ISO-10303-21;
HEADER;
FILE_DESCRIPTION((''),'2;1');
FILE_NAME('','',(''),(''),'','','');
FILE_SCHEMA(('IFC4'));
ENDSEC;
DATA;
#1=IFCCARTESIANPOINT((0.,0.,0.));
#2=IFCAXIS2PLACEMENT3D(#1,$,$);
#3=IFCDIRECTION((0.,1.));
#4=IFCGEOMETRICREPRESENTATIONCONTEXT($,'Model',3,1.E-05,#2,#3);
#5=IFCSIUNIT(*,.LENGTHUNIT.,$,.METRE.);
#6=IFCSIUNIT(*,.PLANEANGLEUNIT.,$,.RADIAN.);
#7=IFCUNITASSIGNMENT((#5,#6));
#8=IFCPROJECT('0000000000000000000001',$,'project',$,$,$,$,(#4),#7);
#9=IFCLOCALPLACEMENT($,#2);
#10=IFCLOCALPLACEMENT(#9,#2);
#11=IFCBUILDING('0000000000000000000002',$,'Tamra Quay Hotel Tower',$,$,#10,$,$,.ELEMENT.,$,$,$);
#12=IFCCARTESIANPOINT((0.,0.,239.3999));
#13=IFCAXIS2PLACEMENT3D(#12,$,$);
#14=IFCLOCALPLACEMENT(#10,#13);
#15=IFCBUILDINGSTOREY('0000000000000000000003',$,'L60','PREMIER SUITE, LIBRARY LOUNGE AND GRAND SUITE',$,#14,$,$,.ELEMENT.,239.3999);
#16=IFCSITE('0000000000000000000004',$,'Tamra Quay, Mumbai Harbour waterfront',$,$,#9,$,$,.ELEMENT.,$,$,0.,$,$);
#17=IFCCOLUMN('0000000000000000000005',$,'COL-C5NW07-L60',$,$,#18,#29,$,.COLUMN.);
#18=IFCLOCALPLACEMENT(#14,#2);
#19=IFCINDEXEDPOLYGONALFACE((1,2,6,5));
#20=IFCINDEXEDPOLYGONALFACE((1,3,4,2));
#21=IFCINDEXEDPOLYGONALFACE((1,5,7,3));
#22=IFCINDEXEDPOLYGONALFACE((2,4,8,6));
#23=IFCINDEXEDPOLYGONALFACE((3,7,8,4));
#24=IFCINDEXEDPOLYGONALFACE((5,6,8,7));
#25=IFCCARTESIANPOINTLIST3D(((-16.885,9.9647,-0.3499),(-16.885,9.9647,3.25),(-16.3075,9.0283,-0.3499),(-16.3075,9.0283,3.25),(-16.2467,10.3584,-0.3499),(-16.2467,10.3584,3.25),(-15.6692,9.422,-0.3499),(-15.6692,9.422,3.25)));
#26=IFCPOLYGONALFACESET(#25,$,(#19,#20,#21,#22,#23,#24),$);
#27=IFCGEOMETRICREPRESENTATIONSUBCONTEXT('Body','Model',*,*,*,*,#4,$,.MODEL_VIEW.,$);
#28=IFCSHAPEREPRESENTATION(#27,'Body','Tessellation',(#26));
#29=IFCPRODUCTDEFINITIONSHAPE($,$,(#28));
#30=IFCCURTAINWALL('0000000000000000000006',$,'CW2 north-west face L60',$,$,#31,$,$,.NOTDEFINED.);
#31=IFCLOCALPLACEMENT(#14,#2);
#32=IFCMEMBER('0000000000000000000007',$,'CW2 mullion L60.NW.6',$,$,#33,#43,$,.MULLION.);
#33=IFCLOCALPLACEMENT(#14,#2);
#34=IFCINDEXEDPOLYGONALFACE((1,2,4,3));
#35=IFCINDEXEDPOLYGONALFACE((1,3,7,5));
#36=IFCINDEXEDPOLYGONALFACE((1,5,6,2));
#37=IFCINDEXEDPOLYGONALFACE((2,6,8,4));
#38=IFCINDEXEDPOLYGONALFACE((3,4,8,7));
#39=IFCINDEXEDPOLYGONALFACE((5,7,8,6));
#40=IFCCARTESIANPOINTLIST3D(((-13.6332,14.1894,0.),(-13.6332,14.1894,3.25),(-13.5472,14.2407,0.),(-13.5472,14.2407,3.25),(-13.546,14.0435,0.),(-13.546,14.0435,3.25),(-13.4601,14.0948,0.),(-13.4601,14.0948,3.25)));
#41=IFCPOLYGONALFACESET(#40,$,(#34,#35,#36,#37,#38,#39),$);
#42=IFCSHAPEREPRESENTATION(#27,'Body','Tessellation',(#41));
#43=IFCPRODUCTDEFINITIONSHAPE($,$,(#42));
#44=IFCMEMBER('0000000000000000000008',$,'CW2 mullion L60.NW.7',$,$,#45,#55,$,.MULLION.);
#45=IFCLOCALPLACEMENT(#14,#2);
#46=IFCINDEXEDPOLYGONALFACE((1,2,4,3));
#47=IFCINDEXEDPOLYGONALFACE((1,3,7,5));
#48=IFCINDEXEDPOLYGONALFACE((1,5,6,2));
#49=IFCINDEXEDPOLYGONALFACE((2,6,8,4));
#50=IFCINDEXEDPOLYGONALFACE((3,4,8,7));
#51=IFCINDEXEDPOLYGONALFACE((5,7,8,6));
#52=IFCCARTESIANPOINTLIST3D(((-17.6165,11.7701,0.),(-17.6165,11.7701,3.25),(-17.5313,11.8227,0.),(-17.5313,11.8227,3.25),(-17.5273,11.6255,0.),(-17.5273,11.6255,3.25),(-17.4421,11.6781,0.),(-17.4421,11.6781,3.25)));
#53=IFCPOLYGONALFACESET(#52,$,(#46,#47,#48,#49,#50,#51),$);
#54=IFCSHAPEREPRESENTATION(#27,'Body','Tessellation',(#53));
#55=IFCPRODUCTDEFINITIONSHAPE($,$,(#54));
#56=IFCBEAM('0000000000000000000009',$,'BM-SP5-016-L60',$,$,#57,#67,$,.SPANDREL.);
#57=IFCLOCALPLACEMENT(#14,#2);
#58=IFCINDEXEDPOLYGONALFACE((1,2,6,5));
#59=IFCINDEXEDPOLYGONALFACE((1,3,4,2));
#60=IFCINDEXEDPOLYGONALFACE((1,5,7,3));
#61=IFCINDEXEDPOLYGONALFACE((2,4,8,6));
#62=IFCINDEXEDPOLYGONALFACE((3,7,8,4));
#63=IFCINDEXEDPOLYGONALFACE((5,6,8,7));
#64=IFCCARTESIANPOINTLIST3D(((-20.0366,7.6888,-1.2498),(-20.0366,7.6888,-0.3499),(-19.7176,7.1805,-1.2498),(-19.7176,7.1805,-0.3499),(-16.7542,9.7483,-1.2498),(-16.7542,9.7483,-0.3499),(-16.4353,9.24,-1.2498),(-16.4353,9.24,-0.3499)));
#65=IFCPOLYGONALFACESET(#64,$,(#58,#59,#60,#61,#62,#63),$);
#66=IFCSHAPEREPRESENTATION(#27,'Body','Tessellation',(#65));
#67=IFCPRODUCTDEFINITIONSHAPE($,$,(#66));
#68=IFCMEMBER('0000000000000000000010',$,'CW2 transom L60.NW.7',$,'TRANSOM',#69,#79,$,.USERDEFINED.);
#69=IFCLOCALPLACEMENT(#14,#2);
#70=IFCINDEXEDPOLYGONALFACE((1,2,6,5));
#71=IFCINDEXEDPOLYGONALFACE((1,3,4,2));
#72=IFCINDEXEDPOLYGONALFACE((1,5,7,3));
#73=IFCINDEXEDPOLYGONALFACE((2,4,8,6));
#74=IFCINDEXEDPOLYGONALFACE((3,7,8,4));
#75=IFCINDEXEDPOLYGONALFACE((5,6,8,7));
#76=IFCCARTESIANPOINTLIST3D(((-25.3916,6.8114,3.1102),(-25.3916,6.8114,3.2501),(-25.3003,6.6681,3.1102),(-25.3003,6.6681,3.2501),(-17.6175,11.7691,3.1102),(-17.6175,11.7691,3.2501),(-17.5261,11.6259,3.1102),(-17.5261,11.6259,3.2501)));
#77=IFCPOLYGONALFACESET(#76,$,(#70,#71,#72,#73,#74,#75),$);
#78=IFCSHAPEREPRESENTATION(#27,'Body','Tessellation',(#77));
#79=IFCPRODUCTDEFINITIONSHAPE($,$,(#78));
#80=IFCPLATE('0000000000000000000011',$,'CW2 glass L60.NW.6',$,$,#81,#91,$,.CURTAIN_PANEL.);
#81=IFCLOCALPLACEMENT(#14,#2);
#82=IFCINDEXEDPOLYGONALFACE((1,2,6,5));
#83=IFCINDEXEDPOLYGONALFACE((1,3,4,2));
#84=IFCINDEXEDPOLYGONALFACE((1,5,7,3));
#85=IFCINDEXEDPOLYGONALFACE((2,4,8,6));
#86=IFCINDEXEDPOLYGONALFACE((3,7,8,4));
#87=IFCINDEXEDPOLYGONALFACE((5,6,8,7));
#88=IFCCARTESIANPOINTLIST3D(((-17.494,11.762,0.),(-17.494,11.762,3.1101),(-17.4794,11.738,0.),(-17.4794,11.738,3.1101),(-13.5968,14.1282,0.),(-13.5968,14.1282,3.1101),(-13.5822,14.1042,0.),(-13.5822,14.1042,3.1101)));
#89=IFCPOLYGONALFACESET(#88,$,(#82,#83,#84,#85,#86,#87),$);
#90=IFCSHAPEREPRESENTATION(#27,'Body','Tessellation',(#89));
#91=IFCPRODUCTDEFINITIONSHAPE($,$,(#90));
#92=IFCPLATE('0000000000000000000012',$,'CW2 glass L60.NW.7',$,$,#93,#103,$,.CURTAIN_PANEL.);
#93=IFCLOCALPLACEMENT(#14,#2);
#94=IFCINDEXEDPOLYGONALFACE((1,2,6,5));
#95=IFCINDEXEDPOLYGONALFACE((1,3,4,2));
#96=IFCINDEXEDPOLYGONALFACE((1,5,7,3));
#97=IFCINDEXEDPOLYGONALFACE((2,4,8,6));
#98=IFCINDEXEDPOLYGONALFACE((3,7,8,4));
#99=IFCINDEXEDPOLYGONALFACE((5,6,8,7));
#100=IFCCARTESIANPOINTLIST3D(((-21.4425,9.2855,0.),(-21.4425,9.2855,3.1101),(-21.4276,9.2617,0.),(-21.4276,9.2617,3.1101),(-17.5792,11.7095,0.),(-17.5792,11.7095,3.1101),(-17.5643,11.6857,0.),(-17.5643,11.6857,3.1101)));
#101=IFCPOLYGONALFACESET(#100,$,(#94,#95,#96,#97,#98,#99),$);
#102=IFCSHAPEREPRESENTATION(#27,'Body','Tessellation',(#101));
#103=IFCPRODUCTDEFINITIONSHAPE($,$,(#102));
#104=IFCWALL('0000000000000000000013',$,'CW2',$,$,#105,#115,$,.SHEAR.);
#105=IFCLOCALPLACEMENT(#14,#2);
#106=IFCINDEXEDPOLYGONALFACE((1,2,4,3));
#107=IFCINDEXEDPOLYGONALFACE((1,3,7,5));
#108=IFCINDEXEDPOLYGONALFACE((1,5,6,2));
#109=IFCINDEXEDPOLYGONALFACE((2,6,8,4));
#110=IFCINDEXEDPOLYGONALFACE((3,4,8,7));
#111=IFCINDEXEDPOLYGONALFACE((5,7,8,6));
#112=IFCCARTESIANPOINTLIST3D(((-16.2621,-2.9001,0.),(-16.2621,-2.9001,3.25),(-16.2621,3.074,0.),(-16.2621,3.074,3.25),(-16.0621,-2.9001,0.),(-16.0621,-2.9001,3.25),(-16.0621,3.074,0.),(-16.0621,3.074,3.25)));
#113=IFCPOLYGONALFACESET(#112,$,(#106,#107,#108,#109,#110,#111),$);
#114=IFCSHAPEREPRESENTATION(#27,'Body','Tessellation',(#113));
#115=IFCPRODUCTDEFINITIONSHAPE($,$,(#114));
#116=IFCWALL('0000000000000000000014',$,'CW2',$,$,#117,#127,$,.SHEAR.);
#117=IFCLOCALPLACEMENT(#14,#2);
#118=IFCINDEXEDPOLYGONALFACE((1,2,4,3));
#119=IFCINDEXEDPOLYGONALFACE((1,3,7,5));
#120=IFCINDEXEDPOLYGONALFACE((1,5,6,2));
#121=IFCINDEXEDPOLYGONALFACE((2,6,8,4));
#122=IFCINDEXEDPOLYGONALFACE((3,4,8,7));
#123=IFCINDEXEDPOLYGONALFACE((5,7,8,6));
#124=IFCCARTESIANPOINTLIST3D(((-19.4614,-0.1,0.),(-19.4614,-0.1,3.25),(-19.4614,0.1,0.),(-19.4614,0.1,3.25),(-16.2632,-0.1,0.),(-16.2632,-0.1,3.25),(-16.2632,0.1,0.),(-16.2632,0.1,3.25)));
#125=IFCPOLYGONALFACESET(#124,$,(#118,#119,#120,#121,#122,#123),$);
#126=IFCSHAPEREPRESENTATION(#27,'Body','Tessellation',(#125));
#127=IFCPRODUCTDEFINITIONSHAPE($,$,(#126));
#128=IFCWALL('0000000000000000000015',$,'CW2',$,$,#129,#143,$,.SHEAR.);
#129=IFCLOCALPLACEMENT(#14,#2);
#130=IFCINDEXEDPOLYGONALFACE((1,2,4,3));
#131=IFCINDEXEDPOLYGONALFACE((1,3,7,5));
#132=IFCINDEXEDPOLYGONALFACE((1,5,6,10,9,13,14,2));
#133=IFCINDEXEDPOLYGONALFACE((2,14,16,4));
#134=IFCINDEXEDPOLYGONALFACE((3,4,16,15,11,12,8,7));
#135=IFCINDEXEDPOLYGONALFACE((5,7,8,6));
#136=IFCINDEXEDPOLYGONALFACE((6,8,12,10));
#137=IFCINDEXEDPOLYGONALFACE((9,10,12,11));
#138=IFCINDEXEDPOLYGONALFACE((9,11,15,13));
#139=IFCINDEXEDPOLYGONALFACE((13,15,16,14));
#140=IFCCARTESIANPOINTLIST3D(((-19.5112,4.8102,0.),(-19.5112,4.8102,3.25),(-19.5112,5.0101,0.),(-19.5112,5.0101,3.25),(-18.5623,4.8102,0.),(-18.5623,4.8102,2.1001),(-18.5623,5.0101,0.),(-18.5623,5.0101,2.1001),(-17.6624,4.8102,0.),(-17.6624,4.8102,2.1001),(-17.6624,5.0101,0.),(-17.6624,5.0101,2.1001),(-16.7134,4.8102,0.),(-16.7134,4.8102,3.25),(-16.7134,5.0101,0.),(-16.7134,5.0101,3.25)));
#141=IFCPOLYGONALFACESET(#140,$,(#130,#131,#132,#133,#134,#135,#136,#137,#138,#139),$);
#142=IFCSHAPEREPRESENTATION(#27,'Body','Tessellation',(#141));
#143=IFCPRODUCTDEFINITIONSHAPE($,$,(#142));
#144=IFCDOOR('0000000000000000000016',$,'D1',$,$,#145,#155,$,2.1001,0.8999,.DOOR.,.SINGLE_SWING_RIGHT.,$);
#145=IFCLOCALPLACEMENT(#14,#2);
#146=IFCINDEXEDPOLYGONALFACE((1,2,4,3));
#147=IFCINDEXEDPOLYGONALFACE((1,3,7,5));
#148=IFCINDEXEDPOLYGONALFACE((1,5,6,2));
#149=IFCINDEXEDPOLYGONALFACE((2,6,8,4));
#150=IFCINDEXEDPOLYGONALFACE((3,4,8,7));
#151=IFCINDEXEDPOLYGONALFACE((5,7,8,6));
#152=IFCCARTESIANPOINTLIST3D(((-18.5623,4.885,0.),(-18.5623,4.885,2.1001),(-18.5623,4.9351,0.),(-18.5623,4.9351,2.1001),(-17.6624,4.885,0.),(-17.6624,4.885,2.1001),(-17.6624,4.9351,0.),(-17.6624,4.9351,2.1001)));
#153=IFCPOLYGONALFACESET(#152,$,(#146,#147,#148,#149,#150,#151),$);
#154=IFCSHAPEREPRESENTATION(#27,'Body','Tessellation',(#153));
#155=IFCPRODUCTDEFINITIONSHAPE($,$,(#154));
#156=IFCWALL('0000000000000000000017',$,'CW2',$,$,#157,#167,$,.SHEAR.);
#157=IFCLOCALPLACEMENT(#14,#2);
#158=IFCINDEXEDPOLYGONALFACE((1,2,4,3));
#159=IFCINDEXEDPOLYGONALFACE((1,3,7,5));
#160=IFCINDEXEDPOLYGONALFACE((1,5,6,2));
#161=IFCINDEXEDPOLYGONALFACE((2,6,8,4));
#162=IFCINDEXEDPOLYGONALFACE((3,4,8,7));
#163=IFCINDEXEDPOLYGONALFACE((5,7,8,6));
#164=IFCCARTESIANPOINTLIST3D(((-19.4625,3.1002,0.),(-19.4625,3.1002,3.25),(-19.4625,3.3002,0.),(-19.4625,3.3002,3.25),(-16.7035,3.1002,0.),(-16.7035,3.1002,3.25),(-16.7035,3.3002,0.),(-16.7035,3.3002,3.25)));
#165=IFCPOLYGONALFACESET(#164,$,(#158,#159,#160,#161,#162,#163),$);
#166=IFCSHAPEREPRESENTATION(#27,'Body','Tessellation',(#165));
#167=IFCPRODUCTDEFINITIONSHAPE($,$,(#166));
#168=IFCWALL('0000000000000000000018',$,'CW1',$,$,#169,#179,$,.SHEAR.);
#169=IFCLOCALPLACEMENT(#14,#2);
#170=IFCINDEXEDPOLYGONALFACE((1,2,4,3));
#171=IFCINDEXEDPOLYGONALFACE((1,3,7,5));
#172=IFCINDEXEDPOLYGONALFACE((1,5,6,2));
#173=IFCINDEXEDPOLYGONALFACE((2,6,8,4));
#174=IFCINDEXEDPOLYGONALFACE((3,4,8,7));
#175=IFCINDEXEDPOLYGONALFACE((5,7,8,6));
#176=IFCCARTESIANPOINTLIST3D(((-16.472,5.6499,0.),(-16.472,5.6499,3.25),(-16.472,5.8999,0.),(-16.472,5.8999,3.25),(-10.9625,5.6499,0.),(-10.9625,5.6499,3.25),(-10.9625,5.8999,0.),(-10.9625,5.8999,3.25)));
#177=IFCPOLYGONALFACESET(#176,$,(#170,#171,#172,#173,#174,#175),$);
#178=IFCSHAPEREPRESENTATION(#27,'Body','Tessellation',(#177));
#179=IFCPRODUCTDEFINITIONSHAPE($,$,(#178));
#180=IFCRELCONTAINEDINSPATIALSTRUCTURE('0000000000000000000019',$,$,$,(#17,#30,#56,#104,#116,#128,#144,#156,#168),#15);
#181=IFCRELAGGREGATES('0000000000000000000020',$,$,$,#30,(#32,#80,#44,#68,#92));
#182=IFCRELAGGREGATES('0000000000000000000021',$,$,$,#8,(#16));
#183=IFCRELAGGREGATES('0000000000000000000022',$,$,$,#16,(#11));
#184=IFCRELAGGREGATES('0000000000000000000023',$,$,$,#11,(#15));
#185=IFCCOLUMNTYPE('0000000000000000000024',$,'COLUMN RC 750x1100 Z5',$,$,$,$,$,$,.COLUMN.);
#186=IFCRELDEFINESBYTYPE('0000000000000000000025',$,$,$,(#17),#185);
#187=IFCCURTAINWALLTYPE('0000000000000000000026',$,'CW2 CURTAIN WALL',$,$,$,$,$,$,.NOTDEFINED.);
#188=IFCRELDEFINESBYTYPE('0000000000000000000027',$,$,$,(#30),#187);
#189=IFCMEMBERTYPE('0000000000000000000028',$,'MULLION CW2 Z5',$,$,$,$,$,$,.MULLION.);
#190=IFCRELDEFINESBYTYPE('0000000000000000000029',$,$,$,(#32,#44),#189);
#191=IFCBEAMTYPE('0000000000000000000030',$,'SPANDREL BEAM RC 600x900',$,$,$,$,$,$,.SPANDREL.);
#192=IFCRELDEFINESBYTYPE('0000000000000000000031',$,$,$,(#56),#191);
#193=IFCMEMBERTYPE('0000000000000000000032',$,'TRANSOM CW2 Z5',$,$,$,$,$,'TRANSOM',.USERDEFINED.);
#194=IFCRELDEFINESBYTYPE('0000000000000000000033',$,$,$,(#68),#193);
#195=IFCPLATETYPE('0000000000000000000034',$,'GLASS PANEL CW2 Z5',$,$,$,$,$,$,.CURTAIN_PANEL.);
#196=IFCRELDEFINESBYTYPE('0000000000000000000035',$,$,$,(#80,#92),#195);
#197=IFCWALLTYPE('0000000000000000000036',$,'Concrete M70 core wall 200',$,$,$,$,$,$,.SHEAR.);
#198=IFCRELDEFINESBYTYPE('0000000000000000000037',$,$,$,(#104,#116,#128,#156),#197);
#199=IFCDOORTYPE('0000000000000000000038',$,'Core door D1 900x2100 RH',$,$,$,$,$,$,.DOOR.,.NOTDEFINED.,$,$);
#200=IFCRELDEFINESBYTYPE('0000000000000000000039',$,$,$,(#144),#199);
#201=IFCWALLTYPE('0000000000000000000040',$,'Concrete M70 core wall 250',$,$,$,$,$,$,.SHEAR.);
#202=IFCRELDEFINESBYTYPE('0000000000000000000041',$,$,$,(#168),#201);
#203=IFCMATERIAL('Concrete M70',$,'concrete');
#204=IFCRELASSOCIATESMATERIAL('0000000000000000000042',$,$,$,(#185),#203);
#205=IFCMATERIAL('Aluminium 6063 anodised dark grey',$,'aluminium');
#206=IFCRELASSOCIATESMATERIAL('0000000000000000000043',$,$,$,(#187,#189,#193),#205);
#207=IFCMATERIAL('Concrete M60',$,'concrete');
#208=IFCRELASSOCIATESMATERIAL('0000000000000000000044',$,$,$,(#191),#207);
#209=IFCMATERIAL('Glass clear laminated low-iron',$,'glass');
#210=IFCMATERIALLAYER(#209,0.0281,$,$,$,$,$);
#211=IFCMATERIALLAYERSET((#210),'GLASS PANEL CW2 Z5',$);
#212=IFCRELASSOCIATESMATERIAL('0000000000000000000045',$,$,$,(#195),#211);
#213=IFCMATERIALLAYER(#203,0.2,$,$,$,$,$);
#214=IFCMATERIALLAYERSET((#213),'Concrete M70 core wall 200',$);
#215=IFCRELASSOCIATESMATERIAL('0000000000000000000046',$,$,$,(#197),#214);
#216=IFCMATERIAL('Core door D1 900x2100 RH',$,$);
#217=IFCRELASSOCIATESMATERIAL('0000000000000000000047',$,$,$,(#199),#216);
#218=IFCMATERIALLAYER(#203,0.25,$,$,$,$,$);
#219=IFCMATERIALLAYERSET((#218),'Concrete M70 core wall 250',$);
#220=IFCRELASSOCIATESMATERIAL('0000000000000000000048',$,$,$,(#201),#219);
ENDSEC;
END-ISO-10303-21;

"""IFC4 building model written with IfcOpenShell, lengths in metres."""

from ifc_helpers import new_model, si_unit, direction, frame, frame_2d, origin, origin_2d, place, context, subcontext, project, spatial, rectangle, extrude, material, layer, layer_set, material_profile, profile_set, type_object, element, fill, aggregate, save


model = new_model("IFC4")

# Units and contexts
model_context = context("Model", 3, precision=1e-05, world=origin(), true_north=direction((0.0, 1.0)))
body_context = subcontext(model_context, "Body", "Model", "MODEL_VIEW")
ifc_project = project(units=[si_unit("LENGTHUNIT", "METRE"), si_unit("PLANEANGLEUNIT", "RADIAN")], contexts=[model_context])

# Site, building, storey
site_placement = place(None, origin())
site = spatial("IfcSite", under=ifc_project, at=site_placement, Name="Tamra Quay, Mumbai Harbour waterfront", CompositionType="ELEMENT", RefElevation=0.0)
building_placement = place(site_placement, origin())
building = spatial("IfcBuilding", under=site, at=building_placement, Name="Tamra Quay Hotel Tower", CompositionType="ELEMENT")
storey_placement = place(building_placement, frame((0.0, 0.0, 239.3999)))
storey = spatial("IfcBuildingStorey", under=building, at=storey_placement, Name="L60", Description="PREMIER SUITE, LIBRARY LOUNGE AND GRAND SUITE", CompositionType="ELEMENT", Elevation=239.3999)

# Column
ifc_material_1 = material(Name="Concrete M70", Category="concrete")
ifc_material_profile_1 = material_profile(ifc_material_1, rectangle(XDim=1.1001, YDim=0.75, at=origin_2d()), Name="COLUMN RC 750x1100 Z5")
ifc_profile_set_1 = profile_set([ifc_material_profile_1], Name="Concrete M70")
column_type = type_object("IfcColumnType", Name="COLUMN RC 750x1100 Z5", PredefinedType="COLUMN", material=ifc_profile_set_1)
column_placement = place(storey_placement, frame((-16.2771, 9.6934, -0.3499), z_axis=(0.0, 0.0, 1.0), x_axis=(-0.524928, 0.851147, 0.0)))
element("IfcColumn", 1, at=column_placement, inside=storey, type_object=column_type, Name="COL-C5NW07-L60", PredefinedType="COLUMN", context=body_context, shape_type="SweptSolid", body=[
    extrude(rectangle(XDim=1.1001, YDim=0.75, at=origin_2d()), origin(), (0.0, 0.0, 1.0), 3.5999),
])

# Curtain wall, members
ifc_material_2 = material(Name="Aluminium 6063 anodised dark grey", Category="aluminium")
curtain_wall_type = type_object("IfcCurtainWallType", Name="CW2 CURTAIN WALL", PredefinedType="NOTDEFINED", material=ifc_material_2)
curtain_wall_placement = place(storey_placement, origin())
curtain_wall = element("IfcCurtainWall", 2, at=curtain_wall_placement, inside=storey, type_object=curtain_wall_type, Name="CW2 north-west face L60", PredefinedType="NOTDEFINED")
ifc_material_profile_2 = material_profile(ifc_material_2, rectangle(XDim=0.1699, YDim=0.1001, at=origin_2d()), Name="MULLION 100X170")
ifc_profile_set_2 = profile_set([ifc_material_profile_2], Name="Aluminium 6063 anodised dark grey")
member_type_1 = type_object("IfcMemberType", Name="MULLION CW2 Z5", PredefinedType="MULLION", material=ifc_profile_set_2)
member_1_placement = place(storey_placement, frame((-13.5466, 14.1421, 0.0), z_axis=(0.0, 0.0, 1.0), x_axis=(-0.512688, 0.858575, 0.0)))
member_1 = element("IfcMember", 3, at=member_1_placement, type_object=member_type_1, Name="CW2 mullion L60.NW.6", PredefinedType="MULLION", context=body_context, shape_type="SweptSolid", body=[
    extrude(rectangle(XDim=0.1699, YDim=0.1001, at=origin_2d()), origin(), (0.0, 0.0, 1.0), 3.25),
])
member_2_placement = place(storey_placement, frame((-17.5293, 11.7241, 0.0), z_axis=(0.0, 0.0, 1.0), x_axis=(-0.525249, 0.850949, 0.0)))
member_2 = element("IfcMember", 4, at=member_2_placement, type_object=member_type_1, Name="CW2 mullion L60.NW.7", PredefinedType="MULLION", context=body_context, shape_type="SweptSolid", body=[
    extrude(rectangle(XDim=0.1699, YDim=0.1001, at=origin_2d()), origin(), (0.0, 0.0, 1.0), 3.25),
])

# Beam
ifc_material_3 = material(Name="Concrete M60", Category="concrete")
ifc_material_profile_3 = material_profile(ifc_material_3, rectangle(XDim=0.6001, YDim=0.8999, at=origin_2d()), Name="SPANDREL BEAM RC 600x900")
ifc_profile_set_3 = profile_set([ifc_material_profile_3], Name="Concrete M60")
beam_type = type_object("IfcBeamType", Name="SPANDREL BEAM RC 600x900", PredefinedType="SPANDREL", material=ifc_profile_set_3)
beam_placement = place(storey_placement, frame((-16.5947, 9.4941, -0.7998), z_axis=(-0.847066, -0.531488, 0.0), x_axis=(0.531488, -0.847066, 0.0)))
element("IfcBeam", 5, at=beam_placement, inside=storey, type_object=beam_type, Name="BM-SP5-016-L60", PredefinedType="SPANDREL", context=body_context, shape_type="SweptSolid", body=[
    extrude(rectangle(XDim=0.6001, YDim=0.8999, at=origin_2d()), origin(), (0.0, 0.0, 1.0), 3.875),
])

# Member
ifc_material_profile_4 = material_profile(ifc_material_2, rectangle(XDim=0.1699, YDim=0.1399, at=origin_2d()), Name="TRANSOM 170X140")
ifc_profile_set_4 = profile_set([ifc_material_profile_4], Name="Aluminium 6063 anodised dark grey")
member_type_2 = type_object("IfcMemberType", Name="TRANSOM CW2 Z5", ElementType="TRANSOM", PredefinedType="USERDEFINED", material=ifc_profile_set_4)
member_3_placement = place(storey_placement, frame((-17.5718, 11.6975, 3.1802), z_axis=(-0.843142, -0.537691, 0.0), x_axis=(0.537691, -0.843142, 0.0)))
member_3 = element("IfcMember", 6, at=member_3_placement, type_object=member_type_2, Name="CW2 transom L60.NW.7", ObjectType="TRANSOM", PredefinedType="USERDEFINED", context=body_context, shape_type="SweptSolid", body=[
    extrude(rectangle(XDim=0.1699, YDim=0.1399, at=origin_2d()), origin(), (0.0, 0.0, 1.0), 9.2205),
])

# Plates
ifc_material_4 = material(Name="Glass clear laminated low-iron", Category="glass")
ifc_layer_1 = layer(ifc_material_4, 0.0281)
ifc_layer_set_1 = layer_set([ifc_layer_1], Name="GLASS PANEL CW2 Z5")
plate_type = type_object("IfcPlateType", Name="GLASS PANEL CW2 Z5", PredefinedType="CURTAIN_PANEL", material=ifc_layer_set_1)
plate_1_placement = place(storey_placement, frame((-15.5381, 12.9331, 0.0), z_axis=(0.0, 0.0, 1.0), x_axis=(-0.854783, -0.518985, 0.0)))
plate_1 = element("IfcPlate", 7, at=plate_1_placement, type_object=plate_type, Name="CW2 glass L60.NW.6", PredefinedType="CURTAIN_PANEL", context=body_context, shape_type="SweptSolid", body=[
    extrude(rectangle(XDim=4.5593, YDim=0.0281, at=origin_2d()), origin(), (0.0, 0.0, 1.0), 3.1101),
])
plate_2_placement = place(storey_placement, frame((-19.5034, 10.4856, 0.0), z_axis=(0.0, 0.0, 1.0), x_axis=(-0.847069, -0.531484, 0.0)))
plate_2 = element("IfcPlate", 8, at=plate_2_placement, type_object=plate_type, Name="CW2 glass L60.NW.7", PredefinedType="CURTAIN_PANEL", context=body_context, shape_type="SweptSolid", body=[
    extrude(rectangle(XDim=4.5608, YDim=0.0281, at=origin_2d()), origin(), (0.0, 0.0, 1.0), 3.1101),
])
aggregate(curtain_wall, [member_1, plate_1, member_2, member_3, plate_2])

# Walls
ifc_layer_2 = layer(ifc_material_1, 0.2)
ifc_layer_set_2 = layer_set([ifc_layer_2], Name="Concrete M70 core wall 200")
wall_type_1 = type_object("IfcWallType", Name="Concrete M70 core wall 200", PredefinedType="SHEAR", material=ifc_layer_set_2)
wall_1_placement = place(storey_placement, frame((-16.1621, 3.074, 0.0), z_axis=(0.0, 0.0, 1.0), x_axis=(0.0, -1.0, 0.0)))
element("IfcWall", 9, at=wall_1_placement, inside=storey, type_object=wall_type_1, Name="CW2", PredefinedType="SHEAR", context=body_context, shape_type="SweptSolid", body=[
    extrude(rectangle(XDim=5.9741, YDim=0.2, at=frame_2d((2.9871, 0.0))), origin(), (0.0, 0.0, 1.0), 3.25),
])
wall_2_placement = place(storey_placement, frame((-16.2632, 0.0, 0.0), z_axis=(0.0, 0.0, 1.0), x_axis=(-1.0, 0.0, 0.0)))
element("IfcWall", 10, at=wall_2_placement, inside=storey, type_object=wall_type_1, Name="CW2", PredefinedType="SHEAR", context=body_context, shape_type="SweptSolid", body=[
    extrude(rectangle(XDim=3.1982, YDim=0.2, at=frame_2d((1.5991, 0.0))), origin(), (0.0, 0.0, 1.0), 3.25),
])

# Wall, opening, door
wall_3_placement = place(storey_placement, frame((-19.5112, 4.9102, 0.0), z_axis=(0.0, 0.0, 1.0), x_axis=(1.0, 0.0, 0.0)))
wall_3 = element("IfcWall", 11, at=wall_3_placement, inside=storey, type_object=wall_type_1, Name="CW2", PredefinedType="SHEAR", context=body_context, shape_type="SweptSolid", body=[
    extrude(rectangle(XDim=2.7979, YDim=0.2, at=frame_2d((1.3989, 0.0))), origin(), (0.0, 0.0, 1.0), 3.25),
])
opening_placement = place(wall_3_placement, frame((0.949, 0.0, 0.0)))
opening = element("IfcOpeningElement", 12, at=opening_placement, cuts=wall_3, PredefinedType="OPENING", context=body_context, shape_type="SweptSolid", body=[
    extrude(rectangle(XDim=0.8999, YDim=2.1001, at=frame_2d((0.45, 1.05))), frame((0.0, 0.1099, 0.0), z_axis=(0.0, -1.0, 0.0), x_axis=(1.0, 0.0, 0.0)), (0.0, 0.0, 1.0), 0.22),
])
ifc_material_5 = material(Name="Core door D1 900x2100 RH")
door_type = type_object("IfcDoorType", Name="Core door D1 900x2100 RH", OperationType="NOTDEFINED", PredefinedType="DOOR", material=ifc_material_5)
door_placement = place(opening_placement, origin())
door = element("IfcDoor", 13, at=door_placement, inside=storey, type_object=door_type, Name="D1", OperationType="SINGLE_SWING_RIGHT", OverallHeight=2.1001, OverallWidth=0.8999, PredefinedType="DOOR", context=body_context, shape_type="SweptSolid", body=[
    extrude(rectangle(XDim=0.8999, YDim=2.1001, at=frame_2d((0.45, 1.05))), frame((0.0, 0.0249, 0.0), z_axis=(0.0, -1.0, 0.0), x_axis=(1.0, 0.0, 0.0)), (0.0, 0.0, 1.0), 0.05),
])
fill(opening, door)

# Walls
wall_4_placement = place(storey_placement, frame((-19.4624, 3.2002, 0.0), z_axis=(0.0, 0.0, 1.0), x_axis=(1.0, 0.0, 0.0)))
element("IfcWall", 14, at=wall_4_placement, inside=storey, type_object=wall_type_1, Name="CW2", PredefinedType="SHEAR", context=body_context, shape_type="SweptSolid", body=[
    extrude(rectangle(XDim=2.759, YDim=0.2, at=frame_2d((1.3794, 0.0))), origin(), (0.0, 0.0, 1.0), 3.25),
])
ifc_layer_3 = layer(ifc_material_1, 0.25)
ifc_layer_set_3 = layer_set([ifc_layer_3], Name="Concrete M70 core wall 250")
wall_type_2 = type_object("IfcWallType", Name="Concrete M70 core wall 250", PredefinedType="SHEAR", material=ifc_layer_set_3)
wall_5_placement = place(storey_placement, frame((-16.4722, 5.7749, 0.0), z_axis=(0.0, 0.0, 1.0), x_axis=(1.0, 0.0, 0.0)))
element("IfcWall", 15, at=wall_5_placement, inside=storey, type_object=wall_type_2, Name="CW1", PredefinedType="SHEAR", context=body_context, shape_type="SweptSolid", body=[
    extrude(rectangle(XDim=5.5095, YDim=0.25, at=frame_2d((2.7549, 0.0))), origin(), (0.0, 0.0, 1.0), 3.25),
])

save(model, "model.ifc")
